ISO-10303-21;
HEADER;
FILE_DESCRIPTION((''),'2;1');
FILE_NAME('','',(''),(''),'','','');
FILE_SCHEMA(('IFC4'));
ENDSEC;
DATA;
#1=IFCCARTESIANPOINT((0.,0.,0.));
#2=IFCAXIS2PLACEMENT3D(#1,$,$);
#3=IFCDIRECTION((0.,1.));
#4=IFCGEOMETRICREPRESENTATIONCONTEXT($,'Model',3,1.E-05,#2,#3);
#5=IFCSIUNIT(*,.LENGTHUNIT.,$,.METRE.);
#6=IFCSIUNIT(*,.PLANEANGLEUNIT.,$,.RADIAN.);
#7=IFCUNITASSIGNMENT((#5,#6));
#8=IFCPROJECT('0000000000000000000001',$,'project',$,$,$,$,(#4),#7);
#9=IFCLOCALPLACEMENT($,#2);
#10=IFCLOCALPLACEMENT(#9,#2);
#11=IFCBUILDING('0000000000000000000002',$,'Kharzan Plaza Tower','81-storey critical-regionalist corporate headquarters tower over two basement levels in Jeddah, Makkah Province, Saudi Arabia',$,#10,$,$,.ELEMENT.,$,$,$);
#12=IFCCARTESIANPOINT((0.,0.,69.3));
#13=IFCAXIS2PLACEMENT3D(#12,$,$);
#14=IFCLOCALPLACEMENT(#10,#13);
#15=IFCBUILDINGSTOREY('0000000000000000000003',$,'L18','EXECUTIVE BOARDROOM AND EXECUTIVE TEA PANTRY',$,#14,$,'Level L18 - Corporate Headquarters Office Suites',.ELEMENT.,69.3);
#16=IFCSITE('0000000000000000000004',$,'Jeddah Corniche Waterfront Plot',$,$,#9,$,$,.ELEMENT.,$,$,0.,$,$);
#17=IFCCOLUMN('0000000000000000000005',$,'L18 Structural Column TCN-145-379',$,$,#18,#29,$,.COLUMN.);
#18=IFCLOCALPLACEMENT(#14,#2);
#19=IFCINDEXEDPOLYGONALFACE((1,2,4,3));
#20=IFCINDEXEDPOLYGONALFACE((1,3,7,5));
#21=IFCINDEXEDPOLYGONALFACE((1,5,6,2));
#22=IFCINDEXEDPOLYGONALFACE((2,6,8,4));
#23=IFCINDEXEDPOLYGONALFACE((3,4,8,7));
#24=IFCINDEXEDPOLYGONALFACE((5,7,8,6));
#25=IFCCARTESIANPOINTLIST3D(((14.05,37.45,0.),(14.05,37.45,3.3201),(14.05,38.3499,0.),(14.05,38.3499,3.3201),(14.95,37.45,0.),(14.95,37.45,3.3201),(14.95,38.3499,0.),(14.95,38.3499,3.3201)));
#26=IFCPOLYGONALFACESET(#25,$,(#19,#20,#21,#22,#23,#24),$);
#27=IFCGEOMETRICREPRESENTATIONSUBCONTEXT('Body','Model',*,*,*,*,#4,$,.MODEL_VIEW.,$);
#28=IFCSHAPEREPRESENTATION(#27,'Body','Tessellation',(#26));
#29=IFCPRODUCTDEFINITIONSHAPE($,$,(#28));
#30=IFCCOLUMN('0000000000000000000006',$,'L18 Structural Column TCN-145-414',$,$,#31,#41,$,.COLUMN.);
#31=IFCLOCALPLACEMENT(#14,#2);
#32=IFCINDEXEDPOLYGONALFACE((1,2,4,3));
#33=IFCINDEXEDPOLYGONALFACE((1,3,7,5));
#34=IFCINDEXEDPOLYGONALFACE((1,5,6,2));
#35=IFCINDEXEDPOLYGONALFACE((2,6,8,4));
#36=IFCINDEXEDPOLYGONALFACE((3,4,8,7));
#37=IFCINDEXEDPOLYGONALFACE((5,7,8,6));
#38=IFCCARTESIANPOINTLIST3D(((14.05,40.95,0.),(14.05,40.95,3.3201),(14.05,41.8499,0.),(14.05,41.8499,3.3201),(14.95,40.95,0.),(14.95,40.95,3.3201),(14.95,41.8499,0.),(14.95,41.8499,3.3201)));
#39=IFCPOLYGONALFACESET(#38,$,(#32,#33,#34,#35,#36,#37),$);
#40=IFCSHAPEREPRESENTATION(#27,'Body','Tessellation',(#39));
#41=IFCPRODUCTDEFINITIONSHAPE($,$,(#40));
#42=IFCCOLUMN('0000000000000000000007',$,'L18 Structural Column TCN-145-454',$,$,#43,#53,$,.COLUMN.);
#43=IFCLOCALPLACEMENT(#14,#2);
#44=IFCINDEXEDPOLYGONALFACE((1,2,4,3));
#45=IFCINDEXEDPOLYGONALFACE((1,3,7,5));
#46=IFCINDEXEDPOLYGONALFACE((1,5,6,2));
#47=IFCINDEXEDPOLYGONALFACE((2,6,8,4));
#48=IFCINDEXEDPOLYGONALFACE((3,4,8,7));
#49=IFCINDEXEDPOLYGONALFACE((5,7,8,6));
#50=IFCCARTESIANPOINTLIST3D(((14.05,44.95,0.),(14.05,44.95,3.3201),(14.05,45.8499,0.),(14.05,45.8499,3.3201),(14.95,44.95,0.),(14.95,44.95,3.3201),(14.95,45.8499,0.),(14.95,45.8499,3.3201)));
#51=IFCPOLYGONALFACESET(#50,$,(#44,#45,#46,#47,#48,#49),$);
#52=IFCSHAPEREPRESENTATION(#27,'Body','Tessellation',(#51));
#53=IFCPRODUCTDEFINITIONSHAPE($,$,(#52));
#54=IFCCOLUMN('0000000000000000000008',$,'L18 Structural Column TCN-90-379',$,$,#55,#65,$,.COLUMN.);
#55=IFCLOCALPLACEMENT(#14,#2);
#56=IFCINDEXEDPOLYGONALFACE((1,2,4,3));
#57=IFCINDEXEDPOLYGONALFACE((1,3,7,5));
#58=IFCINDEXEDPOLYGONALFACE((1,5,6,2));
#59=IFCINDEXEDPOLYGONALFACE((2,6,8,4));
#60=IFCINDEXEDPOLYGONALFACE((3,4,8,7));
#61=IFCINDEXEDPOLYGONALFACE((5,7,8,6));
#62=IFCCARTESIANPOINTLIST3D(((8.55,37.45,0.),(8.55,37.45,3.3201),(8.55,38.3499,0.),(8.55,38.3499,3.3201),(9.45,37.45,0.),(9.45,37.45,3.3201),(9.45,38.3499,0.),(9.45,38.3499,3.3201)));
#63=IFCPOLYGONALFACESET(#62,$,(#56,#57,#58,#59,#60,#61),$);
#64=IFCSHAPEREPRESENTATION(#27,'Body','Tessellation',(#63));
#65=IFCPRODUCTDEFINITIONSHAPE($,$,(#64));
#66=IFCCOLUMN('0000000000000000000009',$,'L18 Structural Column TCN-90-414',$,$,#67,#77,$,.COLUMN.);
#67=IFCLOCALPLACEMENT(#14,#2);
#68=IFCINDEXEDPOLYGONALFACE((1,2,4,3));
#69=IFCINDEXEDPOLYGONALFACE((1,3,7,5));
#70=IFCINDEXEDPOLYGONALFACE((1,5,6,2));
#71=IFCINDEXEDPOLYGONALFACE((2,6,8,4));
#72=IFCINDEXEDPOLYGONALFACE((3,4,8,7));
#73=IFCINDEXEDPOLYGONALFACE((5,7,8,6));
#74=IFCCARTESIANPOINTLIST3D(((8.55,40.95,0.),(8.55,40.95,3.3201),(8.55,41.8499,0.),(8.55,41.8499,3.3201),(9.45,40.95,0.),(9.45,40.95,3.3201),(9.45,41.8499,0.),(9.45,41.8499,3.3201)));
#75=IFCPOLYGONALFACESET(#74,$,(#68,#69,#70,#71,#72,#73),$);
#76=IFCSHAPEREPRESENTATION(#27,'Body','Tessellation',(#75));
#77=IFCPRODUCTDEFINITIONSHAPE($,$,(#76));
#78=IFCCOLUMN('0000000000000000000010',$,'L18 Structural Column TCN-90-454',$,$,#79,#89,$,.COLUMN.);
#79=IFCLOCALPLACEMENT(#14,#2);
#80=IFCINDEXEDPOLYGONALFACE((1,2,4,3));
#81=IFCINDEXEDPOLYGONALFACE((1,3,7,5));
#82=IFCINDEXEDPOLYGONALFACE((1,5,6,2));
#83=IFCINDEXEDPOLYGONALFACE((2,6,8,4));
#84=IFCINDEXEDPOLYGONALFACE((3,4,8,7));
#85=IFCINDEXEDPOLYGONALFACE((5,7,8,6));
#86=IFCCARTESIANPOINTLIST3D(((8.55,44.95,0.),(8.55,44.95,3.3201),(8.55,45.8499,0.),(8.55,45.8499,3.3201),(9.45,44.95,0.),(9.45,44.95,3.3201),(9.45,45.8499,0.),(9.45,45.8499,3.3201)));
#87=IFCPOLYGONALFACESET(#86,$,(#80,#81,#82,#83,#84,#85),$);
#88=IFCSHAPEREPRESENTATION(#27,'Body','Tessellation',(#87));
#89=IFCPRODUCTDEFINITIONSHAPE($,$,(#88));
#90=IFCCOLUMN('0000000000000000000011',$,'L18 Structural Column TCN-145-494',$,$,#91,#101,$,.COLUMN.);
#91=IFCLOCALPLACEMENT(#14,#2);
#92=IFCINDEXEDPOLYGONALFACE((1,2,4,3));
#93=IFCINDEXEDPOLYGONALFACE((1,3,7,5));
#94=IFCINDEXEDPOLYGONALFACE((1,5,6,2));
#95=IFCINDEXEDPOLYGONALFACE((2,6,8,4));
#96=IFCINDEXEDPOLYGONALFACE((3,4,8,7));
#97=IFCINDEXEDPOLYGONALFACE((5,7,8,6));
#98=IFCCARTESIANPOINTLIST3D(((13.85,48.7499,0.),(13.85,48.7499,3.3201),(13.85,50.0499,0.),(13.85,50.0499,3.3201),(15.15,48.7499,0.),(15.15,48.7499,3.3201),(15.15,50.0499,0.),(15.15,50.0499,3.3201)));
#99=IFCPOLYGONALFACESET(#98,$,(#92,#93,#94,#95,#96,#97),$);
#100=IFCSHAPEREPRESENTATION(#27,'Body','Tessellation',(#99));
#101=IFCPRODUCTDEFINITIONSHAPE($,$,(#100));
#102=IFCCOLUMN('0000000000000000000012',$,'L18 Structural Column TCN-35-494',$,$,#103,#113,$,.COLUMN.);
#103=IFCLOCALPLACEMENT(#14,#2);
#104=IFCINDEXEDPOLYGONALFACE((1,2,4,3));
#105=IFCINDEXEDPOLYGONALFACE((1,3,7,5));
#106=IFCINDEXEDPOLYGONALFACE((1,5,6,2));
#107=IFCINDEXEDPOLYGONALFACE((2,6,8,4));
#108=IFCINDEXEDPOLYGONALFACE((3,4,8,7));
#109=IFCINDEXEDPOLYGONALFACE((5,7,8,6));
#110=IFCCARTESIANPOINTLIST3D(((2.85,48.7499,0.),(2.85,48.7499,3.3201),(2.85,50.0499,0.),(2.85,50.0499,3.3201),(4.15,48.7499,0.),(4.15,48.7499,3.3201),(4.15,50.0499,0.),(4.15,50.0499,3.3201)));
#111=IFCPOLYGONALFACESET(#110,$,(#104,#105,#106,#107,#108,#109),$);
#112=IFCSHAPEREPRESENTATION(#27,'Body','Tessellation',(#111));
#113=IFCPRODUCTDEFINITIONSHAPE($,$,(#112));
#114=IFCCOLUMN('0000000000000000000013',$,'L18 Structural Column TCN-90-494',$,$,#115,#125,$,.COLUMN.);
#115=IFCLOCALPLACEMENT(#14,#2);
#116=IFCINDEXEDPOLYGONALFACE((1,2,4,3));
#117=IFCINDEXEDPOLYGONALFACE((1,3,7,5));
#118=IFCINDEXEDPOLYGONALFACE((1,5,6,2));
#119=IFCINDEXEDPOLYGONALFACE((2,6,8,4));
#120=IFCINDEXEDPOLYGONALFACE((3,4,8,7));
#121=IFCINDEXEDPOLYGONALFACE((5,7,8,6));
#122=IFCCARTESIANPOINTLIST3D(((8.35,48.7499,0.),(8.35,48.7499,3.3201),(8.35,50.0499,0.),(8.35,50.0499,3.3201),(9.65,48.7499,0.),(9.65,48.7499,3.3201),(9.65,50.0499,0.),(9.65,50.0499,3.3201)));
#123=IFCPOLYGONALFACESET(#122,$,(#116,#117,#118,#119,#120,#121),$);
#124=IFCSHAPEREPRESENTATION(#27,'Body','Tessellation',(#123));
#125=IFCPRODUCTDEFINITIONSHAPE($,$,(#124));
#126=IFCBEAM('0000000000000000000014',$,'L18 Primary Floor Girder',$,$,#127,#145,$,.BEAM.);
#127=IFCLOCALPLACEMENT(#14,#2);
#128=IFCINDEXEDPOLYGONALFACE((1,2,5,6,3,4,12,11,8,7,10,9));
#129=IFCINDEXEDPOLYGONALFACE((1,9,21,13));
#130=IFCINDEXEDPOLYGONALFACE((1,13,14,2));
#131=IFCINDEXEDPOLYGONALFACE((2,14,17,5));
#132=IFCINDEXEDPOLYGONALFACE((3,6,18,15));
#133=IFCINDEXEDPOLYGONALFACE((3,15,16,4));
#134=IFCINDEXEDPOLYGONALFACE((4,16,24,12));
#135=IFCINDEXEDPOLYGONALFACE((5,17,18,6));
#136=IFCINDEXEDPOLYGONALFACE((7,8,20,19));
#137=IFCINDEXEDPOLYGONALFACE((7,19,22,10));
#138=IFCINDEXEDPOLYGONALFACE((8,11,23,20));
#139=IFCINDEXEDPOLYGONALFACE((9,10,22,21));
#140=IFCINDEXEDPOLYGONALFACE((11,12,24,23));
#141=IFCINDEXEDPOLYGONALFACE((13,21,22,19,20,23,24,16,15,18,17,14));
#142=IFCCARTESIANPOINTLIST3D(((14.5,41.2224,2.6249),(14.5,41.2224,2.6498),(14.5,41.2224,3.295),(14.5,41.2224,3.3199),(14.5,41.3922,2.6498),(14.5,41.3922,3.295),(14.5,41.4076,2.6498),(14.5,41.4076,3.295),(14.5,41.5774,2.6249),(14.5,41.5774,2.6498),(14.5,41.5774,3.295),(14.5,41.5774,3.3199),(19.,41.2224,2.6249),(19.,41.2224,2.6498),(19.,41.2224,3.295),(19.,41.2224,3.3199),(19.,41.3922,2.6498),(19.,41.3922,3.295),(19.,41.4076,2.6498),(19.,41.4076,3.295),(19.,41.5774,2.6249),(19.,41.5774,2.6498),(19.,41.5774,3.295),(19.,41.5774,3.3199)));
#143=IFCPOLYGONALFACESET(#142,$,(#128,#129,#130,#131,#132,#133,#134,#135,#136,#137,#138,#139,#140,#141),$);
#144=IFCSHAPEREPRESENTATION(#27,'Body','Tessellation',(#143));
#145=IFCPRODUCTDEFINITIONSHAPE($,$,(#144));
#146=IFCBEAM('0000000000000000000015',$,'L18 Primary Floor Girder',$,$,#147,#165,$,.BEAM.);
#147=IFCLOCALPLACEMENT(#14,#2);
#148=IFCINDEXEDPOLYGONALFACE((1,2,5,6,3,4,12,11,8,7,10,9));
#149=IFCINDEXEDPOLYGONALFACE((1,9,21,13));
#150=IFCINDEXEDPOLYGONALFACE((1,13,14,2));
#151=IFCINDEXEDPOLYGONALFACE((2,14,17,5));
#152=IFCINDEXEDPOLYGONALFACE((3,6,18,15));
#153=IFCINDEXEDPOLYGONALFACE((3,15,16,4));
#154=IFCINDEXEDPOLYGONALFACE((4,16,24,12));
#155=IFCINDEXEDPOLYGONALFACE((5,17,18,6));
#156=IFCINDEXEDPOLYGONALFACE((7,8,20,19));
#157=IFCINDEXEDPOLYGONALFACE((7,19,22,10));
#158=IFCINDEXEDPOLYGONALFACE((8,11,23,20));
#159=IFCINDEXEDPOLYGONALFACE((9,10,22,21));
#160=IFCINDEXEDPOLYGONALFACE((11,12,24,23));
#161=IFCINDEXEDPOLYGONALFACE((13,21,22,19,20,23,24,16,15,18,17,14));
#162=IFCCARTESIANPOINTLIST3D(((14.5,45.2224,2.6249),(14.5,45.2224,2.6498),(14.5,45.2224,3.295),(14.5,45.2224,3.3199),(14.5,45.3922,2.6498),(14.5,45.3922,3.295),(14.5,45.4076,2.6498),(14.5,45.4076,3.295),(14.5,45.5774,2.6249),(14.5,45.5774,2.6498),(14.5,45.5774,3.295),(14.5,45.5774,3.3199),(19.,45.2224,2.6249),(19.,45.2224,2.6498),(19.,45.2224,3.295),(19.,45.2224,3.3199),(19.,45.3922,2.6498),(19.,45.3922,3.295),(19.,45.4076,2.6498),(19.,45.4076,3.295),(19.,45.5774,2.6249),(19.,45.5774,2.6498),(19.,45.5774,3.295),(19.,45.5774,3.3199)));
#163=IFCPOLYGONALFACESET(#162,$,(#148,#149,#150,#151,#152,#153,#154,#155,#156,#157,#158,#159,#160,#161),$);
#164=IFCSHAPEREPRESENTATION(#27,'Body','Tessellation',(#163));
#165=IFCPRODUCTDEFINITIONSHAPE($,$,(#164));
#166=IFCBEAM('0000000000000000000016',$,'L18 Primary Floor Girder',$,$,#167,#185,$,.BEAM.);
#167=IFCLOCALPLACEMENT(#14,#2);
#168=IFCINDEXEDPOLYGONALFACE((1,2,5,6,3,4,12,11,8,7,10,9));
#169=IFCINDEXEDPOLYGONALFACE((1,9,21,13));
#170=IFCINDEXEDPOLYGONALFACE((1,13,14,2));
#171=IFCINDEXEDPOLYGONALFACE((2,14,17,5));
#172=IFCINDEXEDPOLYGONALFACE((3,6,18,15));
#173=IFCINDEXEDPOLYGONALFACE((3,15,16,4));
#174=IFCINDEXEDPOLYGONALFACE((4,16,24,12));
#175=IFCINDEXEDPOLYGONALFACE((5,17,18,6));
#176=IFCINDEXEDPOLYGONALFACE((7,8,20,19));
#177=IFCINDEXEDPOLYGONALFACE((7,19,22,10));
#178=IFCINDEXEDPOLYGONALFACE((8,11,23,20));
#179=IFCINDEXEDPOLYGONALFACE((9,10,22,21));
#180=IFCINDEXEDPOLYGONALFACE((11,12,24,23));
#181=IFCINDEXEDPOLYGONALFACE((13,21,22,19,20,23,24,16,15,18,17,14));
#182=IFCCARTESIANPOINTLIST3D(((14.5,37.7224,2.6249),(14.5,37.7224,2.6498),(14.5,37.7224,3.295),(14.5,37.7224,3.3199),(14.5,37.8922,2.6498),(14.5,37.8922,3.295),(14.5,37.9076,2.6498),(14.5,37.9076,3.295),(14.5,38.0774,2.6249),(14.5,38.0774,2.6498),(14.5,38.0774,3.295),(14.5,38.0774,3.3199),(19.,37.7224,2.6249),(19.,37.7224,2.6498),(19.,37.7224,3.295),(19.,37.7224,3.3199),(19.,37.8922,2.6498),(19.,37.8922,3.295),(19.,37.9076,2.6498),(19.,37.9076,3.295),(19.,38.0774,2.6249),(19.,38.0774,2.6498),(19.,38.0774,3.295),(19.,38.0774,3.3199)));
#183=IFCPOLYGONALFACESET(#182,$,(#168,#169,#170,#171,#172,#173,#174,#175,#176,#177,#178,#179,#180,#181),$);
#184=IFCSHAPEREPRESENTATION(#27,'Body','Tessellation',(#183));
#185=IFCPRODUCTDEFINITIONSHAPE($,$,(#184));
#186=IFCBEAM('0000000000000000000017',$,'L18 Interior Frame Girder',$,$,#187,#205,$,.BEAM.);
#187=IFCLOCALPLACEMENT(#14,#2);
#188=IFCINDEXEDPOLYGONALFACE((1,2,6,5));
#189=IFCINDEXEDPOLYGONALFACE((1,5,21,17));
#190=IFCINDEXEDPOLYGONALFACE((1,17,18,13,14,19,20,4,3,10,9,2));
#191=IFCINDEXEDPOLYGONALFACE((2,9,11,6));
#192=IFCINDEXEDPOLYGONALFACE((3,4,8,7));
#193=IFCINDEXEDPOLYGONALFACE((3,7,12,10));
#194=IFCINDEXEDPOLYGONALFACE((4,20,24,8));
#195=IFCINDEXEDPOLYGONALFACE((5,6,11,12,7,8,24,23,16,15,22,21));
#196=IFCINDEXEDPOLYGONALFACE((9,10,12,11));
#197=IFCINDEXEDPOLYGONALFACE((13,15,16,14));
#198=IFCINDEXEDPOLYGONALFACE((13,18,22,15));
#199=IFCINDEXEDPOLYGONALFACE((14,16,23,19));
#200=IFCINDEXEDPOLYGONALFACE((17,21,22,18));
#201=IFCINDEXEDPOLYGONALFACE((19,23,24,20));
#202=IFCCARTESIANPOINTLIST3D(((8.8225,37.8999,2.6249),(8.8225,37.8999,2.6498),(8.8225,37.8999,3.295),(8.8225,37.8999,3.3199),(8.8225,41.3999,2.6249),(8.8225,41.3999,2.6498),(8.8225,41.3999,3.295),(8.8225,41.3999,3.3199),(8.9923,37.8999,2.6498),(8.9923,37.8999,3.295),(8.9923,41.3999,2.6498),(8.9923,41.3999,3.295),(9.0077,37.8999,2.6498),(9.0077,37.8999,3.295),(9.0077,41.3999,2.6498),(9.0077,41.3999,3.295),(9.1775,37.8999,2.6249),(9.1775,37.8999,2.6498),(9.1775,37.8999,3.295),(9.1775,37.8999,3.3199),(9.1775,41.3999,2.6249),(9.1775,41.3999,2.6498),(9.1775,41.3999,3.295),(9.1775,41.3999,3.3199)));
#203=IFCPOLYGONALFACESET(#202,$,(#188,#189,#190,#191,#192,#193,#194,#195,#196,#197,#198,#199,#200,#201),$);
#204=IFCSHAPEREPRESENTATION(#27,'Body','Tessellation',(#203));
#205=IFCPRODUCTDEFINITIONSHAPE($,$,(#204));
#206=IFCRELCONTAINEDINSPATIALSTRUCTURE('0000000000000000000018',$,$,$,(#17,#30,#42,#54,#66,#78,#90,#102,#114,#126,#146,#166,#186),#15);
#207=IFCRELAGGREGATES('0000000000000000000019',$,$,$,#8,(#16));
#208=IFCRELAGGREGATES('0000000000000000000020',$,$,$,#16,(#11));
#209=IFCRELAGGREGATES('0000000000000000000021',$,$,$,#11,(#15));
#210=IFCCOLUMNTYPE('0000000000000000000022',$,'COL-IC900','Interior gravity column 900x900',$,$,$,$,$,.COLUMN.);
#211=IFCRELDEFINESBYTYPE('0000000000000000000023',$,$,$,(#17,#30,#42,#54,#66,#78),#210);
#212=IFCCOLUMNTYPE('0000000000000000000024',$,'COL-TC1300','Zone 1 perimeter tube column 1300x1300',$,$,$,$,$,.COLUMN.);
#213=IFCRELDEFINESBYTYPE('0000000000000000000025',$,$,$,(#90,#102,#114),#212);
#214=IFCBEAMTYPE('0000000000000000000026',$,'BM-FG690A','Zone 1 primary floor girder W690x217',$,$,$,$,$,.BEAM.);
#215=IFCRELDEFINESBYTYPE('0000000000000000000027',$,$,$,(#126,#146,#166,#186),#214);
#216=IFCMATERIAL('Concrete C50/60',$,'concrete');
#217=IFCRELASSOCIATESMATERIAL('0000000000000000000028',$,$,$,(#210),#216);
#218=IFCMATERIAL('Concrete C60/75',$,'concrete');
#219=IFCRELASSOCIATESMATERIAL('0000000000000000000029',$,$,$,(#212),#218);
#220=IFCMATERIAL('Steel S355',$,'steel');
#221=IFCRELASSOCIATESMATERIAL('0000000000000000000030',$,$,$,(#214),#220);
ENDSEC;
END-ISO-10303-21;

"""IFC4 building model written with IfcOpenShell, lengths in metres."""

from ifc_helpers import new_model, si_unit, direction, frame, origin, origin_2d, place, context, subcontext, project, spatial, rectangle, i_section, extrude, source, transform, mapped, material, material_profile, profile_set, type_object, element, save


model = new_model("IFC4")

# Units and contexts
model_context = context("Model", 3, precision=1e-05, world=origin(), true_north=direction((0.0, 1.0)))
body_context = subcontext(model_context, "Body", "Model", "MODEL_VIEW")
ifc_project = project(units=[si_unit("LENGTHUNIT", "METRE"), si_unit("PLANEANGLEUNIT", "RADIAN")], contexts=[model_context])

# Site, building, storey
site_placement = place(None, origin())
site = spatial("IfcSite", under=ifc_project, at=site_placement, Name="Jeddah Corniche Waterfront Plot", CompositionType="ELEMENT", RefElevation=0.0)
building_placement = place(site_placement, origin())
building = spatial("IfcBuilding", under=site, at=building_placement, Name="Kharzan Plaza Tower", Description="81-storey critical-regionalist corporate headquarters tower over two basement levels in Jeddah, Makkah Province, Saudi Arabia", CompositionType="ELEMENT")
storey_placement = place(building_placement, frame((0.0, 0.0, 69.3)))
storey = spatial("IfcBuildingStorey", under=building, at=storey_placement, Name="L18", Description="EXECUTIVE BOARDROOM AND EXECUTIVE TEA PANTRY", LongName="Level L18 - Corporate Headquarters Office Suites", CompositionType="ELEMENT", Elevation=69.3)

# Columns
ifc_material_1 = material(Name="Concrete C50/60", Category="concrete")
ifc_material_profile_1 = material_profile(ifc_material_1, rectangle(XDim=0.8999, YDim=0.8999, at=origin_2d()), Name="RC-IC900x900")
ifc_profile_set_1 = profile_set([ifc_material_profile_1], Name="Concrete C50/60")
column_type_1 = type_object("IfcColumnType", Name="COL-IC900", Description="Interior gravity column 900x900", PredefinedType="COLUMN", material=ifc_profile_set_1)
shared_shape_1 = source(origin(), body_context, "Body", "SweptSolid", [
    extrude(rectangle(XDim=0.8999, YDim=0.8999, at=origin_2d()), origin(), (0.0, 0.0, 1.0), 3.3201),
])
for number, where, z_axis, x_axis, name in (
    (1, (14.5, 37.8999, 0.0), (0.0, 0.0, 1.0), (1.0, 0.0, 0.0), "L18 Structural Column TCN-145-379"),
    (2, (14.5, 41.3999, 0.0), (0.0, 0.0, 1.0), (1.0, 0.0, 0.0), "L18 Structural Column TCN-145-414"),
    (3, (14.5, 45.3999, 0.0), (0.0, 0.0, 1.0), (1.0, 0.0, 0.0), "L18 Structural Column TCN-145-454"),
    (4, (9.0, 37.8999, 0.0), (0.0, 0.0, 1.0), (1.0, 0.0, 0.0), "L18 Structural Column TCN-90-379"),
    (5, (9.0, 41.3999, 0.0), (0.0, 0.0, 1.0), (1.0, 0.0, 0.0), "L18 Structural Column TCN-90-414"),
    (6, (9.0, 45.3999, 0.0), (0.0, 0.0, 1.0), (1.0, 0.0, 0.0), "L18 Structural Column TCN-90-454"),
):
    element("IfcColumn", number, at=place(storey_placement, frame(where, z_axis=z_axis, x_axis=x_axis)), inside=storey, type_object=column_type_1, Name=name, PredefinedType="COLUMN", context=body_context, shape_type="MappedRepresentation", body=[
        mapped(shared_shape_1, transform((0.0, 0.0, 0.0), x_axis=(1.0, 0.0, 0.0), y_axis=(0.0, 1.0, 0.0), z_axis=(0.0, 0.0, 1.0))),
    ])
ifc_material_2 = material(Name="Concrete C60/75", Category="concrete")
ifc_material_profile_2 = material_profile(ifc_material_2, rectangle(XDim=1.3, YDim=1.3, at=origin_2d()), Name="RC-TC1300x1300")
ifc_profile_set_2 = profile_set([ifc_material_profile_2], Name="Concrete C60/75")
column_type_2 = type_object("IfcColumnType", Name="COL-TC1300", Description="Zone 1 perimeter tube column 1300x1300", PredefinedType="COLUMN", material=ifc_profile_set_2)
shared_shape_2 = source(origin(), body_context, "Body", "SweptSolid", [
    extrude(rectangle(XDim=1.3, YDim=1.3, at=origin_2d()), origin(), (0.0, 0.0, 1.0), 3.3201),
])
for number, where, z_axis, x_axis, name in (
    (7, (14.5, 49.3999, 0.0), (0.0, 0.0, 1.0), (1.0, 0.0, 0.0), "L18 Structural Column TCN-145-494"),
    (8, (3.5, 49.3999, 0.0), (0.0, 0.0, 1.0), (1.0, 0.0, 0.0), "L18 Structural Column TCN-35-494"),
    (9, (9.0, 49.3999, 0.0), (0.0, 0.0, 1.0), (1.0, 0.0, 0.0), "L18 Structural Column TCN-90-494"),
):
    element("IfcColumn", number, at=place(storey_placement, frame(where, z_axis=z_axis, x_axis=x_axis)), inside=storey, type_object=column_type_2, Name=name, PredefinedType="COLUMN", context=body_context, shape_type="MappedRepresentation", body=[
        mapped(shared_shape_2, transform((0.0, 0.0, 0.0), x_axis=(1.0, 0.0, 0.0), y_axis=(0.0, 1.0, 0.0), z_axis=(0.0, 0.0, 1.0))),
    ])

# Beams
ifc_material_3 = material(Name="Steel S355", Category="steel")
ifc_material_profile_3 = material_profile(ifc_material_3, i_section(OverallWidth=0.355, OverallDepth=0.6951, WebThickness=0.0154, FlangeThickness=0.0249, at=origin_2d()), Name="W690x217")
ifc_profile_set_3 = profile_set([ifc_material_profile_3], Name="Steel S355")
beam_type_1 = type_object("IfcBeamType", Name="BM-FG690A", Description="Zone 1 primary floor girder W690x217", PredefinedType="BEAM", material=ifc_profile_set_3)
shared_shape_3 = source(origin(), body_context, "Body", "SweptSolid", [
    extrude(i_section(OverallWidth=0.355, OverallDepth=0.6951, WebThickness=0.0154, FlangeThickness=0.0249, at=origin_2d()), origin(), (0.0, 0.0, 1.0), 4.5),
])
for number, where, z_axis, x_axis, name in (
    (10, (14.5, 41.3999, 2.9724), (1.0, 0.0, 0.0), (0.0, 1.0, 0.0), "L18 Primary Floor Girder"),
    (11, (14.5, 45.3999, 2.9724), (1.0, 0.0, 0.0), (0.0, 1.0, 0.0), "L18 Primary Floor Girder"),
    (12, (14.5, 37.8999, 2.9724), (1.0, 0.0, 0.0), (0.0, 1.0, 0.0), "L18 Primary Floor Girder"),
):
    element("IfcBeam", number, at=place(storey_placement, frame(where, z_axis=z_axis, x_axis=x_axis)), inside=storey, type_object=beam_type_1, Name=name, PredefinedType="BEAM", context=body_context, shape_type="MappedRepresentation", body=[
        mapped(shared_shape_3, transform((0.0, 0.0, 0.0), x_axis=(1.0, 0.0, 0.0), y_axis=(0.0, 1.0, 0.0), z_axis=(0.0, 0.0, 1.0))),
    ])
shared_shape_4 = source(origin(), body_context, "Body", "SweptSolid", [
    extrude(i_section(OverallWidth=0.355, OverallDepth=0.6951, WebThickness=0.0154, FlangeThickness=0.0249, at=origin_2d()), origin(), (0.0, 0.0, 1.0), 3.5),
])
for number, where, z_axis, x_axis, name in (
    (13, (9.0, 37.8999, 2.9724), (0.0, 1.0, 0.0), (-1.0, 0.0, 0.0), "L18 Interior Frame Girder"),
):
    element("IfcBeam", number, at=place(storey_placement, frame(where, z_axis=z_axis, x_axis=x_axis)), inside=storey, type_object=beam_type_1, Name=name, PredefinedType="BEAM", context=body_context, shape_type="MappedRepresentation", body=[
        mapped(shared_shape_4, transform((0.0, 0.0, 0.0), x_axis=(1.0, 0.0, 0.0), y_axis=(0.0, 1.0, 0.0), z_axis=(0.0, 0.0, 1.0))),
    ])

save(model, "model.ifc")
